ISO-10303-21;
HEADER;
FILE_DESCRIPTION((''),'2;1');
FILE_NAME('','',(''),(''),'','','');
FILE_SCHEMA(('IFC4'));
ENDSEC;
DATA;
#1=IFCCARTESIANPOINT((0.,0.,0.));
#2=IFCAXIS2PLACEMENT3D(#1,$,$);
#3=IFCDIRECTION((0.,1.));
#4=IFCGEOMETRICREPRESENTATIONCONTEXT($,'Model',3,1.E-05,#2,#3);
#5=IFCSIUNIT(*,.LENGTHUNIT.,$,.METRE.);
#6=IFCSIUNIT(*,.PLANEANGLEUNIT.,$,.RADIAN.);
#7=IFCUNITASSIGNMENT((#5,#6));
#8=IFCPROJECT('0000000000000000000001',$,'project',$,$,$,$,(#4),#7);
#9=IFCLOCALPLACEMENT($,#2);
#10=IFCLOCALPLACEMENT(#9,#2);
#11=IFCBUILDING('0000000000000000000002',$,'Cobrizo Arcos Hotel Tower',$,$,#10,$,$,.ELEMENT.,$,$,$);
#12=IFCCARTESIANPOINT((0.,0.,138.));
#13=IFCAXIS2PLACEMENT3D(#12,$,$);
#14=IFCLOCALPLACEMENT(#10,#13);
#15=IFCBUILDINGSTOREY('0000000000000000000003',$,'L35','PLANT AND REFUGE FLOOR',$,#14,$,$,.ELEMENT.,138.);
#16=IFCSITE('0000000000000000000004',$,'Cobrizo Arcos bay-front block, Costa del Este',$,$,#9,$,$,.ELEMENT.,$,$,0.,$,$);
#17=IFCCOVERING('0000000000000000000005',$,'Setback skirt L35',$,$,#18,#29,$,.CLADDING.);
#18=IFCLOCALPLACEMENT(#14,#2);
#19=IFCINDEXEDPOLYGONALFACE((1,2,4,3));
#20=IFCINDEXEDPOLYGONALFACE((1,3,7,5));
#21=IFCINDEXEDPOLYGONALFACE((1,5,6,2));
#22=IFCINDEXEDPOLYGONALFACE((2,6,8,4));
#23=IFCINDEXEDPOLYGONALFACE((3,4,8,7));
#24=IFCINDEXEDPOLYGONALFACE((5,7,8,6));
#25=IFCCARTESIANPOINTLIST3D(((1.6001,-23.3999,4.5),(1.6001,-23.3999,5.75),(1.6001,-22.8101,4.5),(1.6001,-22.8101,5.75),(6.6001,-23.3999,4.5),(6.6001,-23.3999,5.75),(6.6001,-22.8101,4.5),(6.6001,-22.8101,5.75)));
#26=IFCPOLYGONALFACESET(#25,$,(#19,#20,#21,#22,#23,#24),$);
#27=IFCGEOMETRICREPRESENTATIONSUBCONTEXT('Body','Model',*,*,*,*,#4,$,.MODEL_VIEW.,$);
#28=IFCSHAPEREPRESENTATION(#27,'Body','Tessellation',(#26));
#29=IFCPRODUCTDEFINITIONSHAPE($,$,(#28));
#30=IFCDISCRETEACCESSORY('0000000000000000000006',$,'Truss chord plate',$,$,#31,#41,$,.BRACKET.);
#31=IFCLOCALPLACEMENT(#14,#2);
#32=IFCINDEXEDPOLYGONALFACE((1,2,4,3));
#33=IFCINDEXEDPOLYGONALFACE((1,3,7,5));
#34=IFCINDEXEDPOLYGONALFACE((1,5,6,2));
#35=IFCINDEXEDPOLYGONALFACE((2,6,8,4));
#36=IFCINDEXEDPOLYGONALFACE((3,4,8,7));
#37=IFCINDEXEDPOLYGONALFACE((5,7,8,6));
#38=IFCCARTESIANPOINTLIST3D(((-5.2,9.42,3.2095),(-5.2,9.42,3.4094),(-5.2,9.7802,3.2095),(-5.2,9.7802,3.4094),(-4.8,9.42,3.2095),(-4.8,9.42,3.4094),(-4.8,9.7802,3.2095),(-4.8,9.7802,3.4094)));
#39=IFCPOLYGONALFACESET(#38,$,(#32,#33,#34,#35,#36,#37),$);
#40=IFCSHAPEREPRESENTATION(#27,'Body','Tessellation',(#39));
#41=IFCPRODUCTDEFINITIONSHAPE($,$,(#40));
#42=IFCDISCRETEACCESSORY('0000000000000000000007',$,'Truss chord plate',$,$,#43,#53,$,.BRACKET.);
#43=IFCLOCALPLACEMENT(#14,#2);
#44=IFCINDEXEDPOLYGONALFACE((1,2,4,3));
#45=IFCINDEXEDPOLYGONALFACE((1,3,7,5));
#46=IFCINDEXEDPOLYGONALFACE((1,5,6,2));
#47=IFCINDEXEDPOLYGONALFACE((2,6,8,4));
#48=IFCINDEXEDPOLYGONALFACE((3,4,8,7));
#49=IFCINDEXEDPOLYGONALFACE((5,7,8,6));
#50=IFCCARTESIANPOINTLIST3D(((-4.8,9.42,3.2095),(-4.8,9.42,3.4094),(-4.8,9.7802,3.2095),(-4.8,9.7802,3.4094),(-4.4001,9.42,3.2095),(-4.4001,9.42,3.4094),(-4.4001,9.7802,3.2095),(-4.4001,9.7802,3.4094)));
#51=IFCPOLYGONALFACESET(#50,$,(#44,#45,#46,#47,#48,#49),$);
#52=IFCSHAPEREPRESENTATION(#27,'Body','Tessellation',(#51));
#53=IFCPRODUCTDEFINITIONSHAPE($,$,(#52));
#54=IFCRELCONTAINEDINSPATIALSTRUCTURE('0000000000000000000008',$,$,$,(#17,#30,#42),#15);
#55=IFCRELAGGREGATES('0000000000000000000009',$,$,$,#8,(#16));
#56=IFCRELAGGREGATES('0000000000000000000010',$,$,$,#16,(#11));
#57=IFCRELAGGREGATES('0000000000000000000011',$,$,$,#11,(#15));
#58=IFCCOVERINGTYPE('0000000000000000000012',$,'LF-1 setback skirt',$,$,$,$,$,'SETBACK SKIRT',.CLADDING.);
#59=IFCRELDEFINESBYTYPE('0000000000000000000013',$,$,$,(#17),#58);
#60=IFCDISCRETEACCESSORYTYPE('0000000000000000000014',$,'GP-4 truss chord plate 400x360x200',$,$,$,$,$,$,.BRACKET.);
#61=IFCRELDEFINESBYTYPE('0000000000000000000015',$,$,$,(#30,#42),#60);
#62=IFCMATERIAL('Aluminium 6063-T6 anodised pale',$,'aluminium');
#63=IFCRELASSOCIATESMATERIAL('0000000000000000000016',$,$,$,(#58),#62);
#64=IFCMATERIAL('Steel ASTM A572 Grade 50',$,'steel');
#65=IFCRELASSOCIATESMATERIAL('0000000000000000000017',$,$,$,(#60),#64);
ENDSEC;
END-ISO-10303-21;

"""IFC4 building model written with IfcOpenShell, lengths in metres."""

from ifc_helpers import new_model, si_unit, direction, frame, origin, origin_2d, place, context, subcontext, project, spatial, polyline, rectangle, outline, extrude, material, type_object, element, save


model = new_model("IFC4")

# Units and contexts
model_context = context("Model", 3, precision=1e-05, world=origin(), true_north=direction((0.0, 1.0)))
body_context = subcontext(model_context, "Body", "Model", "MODEL_VIEW")
ifc_project = project(units=[si_unit("LENGTHUNIT", "METRE"), si_unit("PLANEANGLEUNIT", "RADIAN")], contexts=[model_context])

# Site, building, storey
site_placement = place(None, origin())
site = spatial("IfcSite", under=ifc_project, at=site_placement, Name="Cobrizo Arcos bay-front block, Costa del Este", CompositionType="ELEMENT", RefElevation=0.0)
building_placement = place(site_placement, origin())
building = spatial("IfcBuilding", under=site, at=building_placement, Name="Cobrizo Arcos Hotel Tower", CompositionType="ELEMENT")
storey_placement = place(building_placement, frame((0.0, 0.0, 138.0)))
storey = spatial("IfcBuildingStorey", under=building, at=storey_placement, Name="L35", Description="PLANT AND REFUGE FLOOR", CompositionType="ELEMENT", Elevation=138.0)

# Covering
ifc_material_1 = material(Name="Aluminium 6063-T6 anodised pale", Category="aluminium")
covering_type = type_object("IfcCoveringType", Name="LF-1 setback skirt", ElementType="SETBACK SKIRT", PredefinedType="CLADDING", material=ifc_material_1)
covering_1_placement = place(storey_placement, frame((0.0, 0.0, 4.5)))
element("IfcCovering", 1, at=covering_1_placement, inside=storey, type_object=covering_type, Name="Setback skirt L35", PredefinedType="CLADDING", context=body_context, shape_type="SweptSolid", body=[
    extrude(outline(polyline([(6.6001, -22.8101), (1.6001, -22.8101), (1.6001, -23.3999), (6.6001, -23.3999), (6.6001, -22.8101)])), origin(), (0.0, 0.0, 1.0), 1.25),
])

# Discrete accessories
ifc_material_2 = material(Name="Steel ASTM A572 Grade 50", Category="steel")
discrete_accessory_type = type_object("IfcDiscreteAccessoryType", Name="GP-4 truss chord plate 400x360x200", PredefinedType="BRACKET", material=ifc_material_2)
for number, where, z_axis, x_axis, name in (
    (2, (-5.0, 9.6001, 3.2095), (0.0, 0.0, 1.0), (1.0, 0.0, 0.0), "Truss chord plate"),
    (3, (-4.6001, 9.6001, 3.2095), (0.0, 0.0, 1.0), (1.0, 0.0, 0.0), "Truss chord plate"),
):
    element("IfcDiscreteAccessory", number, at=place(storey_placement, frame(where, z_axis=z_axis, x_axis=x_axis)), inside=storey, type_object=discrete_accessory_type, Name=name, PredefinedType="BRACKET", context=body_context, shape_type="SweptSolid", body=[
        extrude(rectangle(XDim=0.3999, YDim=0.3601, at=origin_2d()), origin(), (0.0, 0.0, 1.0), 0.2),
    ])

save(model, "model.ifc")
